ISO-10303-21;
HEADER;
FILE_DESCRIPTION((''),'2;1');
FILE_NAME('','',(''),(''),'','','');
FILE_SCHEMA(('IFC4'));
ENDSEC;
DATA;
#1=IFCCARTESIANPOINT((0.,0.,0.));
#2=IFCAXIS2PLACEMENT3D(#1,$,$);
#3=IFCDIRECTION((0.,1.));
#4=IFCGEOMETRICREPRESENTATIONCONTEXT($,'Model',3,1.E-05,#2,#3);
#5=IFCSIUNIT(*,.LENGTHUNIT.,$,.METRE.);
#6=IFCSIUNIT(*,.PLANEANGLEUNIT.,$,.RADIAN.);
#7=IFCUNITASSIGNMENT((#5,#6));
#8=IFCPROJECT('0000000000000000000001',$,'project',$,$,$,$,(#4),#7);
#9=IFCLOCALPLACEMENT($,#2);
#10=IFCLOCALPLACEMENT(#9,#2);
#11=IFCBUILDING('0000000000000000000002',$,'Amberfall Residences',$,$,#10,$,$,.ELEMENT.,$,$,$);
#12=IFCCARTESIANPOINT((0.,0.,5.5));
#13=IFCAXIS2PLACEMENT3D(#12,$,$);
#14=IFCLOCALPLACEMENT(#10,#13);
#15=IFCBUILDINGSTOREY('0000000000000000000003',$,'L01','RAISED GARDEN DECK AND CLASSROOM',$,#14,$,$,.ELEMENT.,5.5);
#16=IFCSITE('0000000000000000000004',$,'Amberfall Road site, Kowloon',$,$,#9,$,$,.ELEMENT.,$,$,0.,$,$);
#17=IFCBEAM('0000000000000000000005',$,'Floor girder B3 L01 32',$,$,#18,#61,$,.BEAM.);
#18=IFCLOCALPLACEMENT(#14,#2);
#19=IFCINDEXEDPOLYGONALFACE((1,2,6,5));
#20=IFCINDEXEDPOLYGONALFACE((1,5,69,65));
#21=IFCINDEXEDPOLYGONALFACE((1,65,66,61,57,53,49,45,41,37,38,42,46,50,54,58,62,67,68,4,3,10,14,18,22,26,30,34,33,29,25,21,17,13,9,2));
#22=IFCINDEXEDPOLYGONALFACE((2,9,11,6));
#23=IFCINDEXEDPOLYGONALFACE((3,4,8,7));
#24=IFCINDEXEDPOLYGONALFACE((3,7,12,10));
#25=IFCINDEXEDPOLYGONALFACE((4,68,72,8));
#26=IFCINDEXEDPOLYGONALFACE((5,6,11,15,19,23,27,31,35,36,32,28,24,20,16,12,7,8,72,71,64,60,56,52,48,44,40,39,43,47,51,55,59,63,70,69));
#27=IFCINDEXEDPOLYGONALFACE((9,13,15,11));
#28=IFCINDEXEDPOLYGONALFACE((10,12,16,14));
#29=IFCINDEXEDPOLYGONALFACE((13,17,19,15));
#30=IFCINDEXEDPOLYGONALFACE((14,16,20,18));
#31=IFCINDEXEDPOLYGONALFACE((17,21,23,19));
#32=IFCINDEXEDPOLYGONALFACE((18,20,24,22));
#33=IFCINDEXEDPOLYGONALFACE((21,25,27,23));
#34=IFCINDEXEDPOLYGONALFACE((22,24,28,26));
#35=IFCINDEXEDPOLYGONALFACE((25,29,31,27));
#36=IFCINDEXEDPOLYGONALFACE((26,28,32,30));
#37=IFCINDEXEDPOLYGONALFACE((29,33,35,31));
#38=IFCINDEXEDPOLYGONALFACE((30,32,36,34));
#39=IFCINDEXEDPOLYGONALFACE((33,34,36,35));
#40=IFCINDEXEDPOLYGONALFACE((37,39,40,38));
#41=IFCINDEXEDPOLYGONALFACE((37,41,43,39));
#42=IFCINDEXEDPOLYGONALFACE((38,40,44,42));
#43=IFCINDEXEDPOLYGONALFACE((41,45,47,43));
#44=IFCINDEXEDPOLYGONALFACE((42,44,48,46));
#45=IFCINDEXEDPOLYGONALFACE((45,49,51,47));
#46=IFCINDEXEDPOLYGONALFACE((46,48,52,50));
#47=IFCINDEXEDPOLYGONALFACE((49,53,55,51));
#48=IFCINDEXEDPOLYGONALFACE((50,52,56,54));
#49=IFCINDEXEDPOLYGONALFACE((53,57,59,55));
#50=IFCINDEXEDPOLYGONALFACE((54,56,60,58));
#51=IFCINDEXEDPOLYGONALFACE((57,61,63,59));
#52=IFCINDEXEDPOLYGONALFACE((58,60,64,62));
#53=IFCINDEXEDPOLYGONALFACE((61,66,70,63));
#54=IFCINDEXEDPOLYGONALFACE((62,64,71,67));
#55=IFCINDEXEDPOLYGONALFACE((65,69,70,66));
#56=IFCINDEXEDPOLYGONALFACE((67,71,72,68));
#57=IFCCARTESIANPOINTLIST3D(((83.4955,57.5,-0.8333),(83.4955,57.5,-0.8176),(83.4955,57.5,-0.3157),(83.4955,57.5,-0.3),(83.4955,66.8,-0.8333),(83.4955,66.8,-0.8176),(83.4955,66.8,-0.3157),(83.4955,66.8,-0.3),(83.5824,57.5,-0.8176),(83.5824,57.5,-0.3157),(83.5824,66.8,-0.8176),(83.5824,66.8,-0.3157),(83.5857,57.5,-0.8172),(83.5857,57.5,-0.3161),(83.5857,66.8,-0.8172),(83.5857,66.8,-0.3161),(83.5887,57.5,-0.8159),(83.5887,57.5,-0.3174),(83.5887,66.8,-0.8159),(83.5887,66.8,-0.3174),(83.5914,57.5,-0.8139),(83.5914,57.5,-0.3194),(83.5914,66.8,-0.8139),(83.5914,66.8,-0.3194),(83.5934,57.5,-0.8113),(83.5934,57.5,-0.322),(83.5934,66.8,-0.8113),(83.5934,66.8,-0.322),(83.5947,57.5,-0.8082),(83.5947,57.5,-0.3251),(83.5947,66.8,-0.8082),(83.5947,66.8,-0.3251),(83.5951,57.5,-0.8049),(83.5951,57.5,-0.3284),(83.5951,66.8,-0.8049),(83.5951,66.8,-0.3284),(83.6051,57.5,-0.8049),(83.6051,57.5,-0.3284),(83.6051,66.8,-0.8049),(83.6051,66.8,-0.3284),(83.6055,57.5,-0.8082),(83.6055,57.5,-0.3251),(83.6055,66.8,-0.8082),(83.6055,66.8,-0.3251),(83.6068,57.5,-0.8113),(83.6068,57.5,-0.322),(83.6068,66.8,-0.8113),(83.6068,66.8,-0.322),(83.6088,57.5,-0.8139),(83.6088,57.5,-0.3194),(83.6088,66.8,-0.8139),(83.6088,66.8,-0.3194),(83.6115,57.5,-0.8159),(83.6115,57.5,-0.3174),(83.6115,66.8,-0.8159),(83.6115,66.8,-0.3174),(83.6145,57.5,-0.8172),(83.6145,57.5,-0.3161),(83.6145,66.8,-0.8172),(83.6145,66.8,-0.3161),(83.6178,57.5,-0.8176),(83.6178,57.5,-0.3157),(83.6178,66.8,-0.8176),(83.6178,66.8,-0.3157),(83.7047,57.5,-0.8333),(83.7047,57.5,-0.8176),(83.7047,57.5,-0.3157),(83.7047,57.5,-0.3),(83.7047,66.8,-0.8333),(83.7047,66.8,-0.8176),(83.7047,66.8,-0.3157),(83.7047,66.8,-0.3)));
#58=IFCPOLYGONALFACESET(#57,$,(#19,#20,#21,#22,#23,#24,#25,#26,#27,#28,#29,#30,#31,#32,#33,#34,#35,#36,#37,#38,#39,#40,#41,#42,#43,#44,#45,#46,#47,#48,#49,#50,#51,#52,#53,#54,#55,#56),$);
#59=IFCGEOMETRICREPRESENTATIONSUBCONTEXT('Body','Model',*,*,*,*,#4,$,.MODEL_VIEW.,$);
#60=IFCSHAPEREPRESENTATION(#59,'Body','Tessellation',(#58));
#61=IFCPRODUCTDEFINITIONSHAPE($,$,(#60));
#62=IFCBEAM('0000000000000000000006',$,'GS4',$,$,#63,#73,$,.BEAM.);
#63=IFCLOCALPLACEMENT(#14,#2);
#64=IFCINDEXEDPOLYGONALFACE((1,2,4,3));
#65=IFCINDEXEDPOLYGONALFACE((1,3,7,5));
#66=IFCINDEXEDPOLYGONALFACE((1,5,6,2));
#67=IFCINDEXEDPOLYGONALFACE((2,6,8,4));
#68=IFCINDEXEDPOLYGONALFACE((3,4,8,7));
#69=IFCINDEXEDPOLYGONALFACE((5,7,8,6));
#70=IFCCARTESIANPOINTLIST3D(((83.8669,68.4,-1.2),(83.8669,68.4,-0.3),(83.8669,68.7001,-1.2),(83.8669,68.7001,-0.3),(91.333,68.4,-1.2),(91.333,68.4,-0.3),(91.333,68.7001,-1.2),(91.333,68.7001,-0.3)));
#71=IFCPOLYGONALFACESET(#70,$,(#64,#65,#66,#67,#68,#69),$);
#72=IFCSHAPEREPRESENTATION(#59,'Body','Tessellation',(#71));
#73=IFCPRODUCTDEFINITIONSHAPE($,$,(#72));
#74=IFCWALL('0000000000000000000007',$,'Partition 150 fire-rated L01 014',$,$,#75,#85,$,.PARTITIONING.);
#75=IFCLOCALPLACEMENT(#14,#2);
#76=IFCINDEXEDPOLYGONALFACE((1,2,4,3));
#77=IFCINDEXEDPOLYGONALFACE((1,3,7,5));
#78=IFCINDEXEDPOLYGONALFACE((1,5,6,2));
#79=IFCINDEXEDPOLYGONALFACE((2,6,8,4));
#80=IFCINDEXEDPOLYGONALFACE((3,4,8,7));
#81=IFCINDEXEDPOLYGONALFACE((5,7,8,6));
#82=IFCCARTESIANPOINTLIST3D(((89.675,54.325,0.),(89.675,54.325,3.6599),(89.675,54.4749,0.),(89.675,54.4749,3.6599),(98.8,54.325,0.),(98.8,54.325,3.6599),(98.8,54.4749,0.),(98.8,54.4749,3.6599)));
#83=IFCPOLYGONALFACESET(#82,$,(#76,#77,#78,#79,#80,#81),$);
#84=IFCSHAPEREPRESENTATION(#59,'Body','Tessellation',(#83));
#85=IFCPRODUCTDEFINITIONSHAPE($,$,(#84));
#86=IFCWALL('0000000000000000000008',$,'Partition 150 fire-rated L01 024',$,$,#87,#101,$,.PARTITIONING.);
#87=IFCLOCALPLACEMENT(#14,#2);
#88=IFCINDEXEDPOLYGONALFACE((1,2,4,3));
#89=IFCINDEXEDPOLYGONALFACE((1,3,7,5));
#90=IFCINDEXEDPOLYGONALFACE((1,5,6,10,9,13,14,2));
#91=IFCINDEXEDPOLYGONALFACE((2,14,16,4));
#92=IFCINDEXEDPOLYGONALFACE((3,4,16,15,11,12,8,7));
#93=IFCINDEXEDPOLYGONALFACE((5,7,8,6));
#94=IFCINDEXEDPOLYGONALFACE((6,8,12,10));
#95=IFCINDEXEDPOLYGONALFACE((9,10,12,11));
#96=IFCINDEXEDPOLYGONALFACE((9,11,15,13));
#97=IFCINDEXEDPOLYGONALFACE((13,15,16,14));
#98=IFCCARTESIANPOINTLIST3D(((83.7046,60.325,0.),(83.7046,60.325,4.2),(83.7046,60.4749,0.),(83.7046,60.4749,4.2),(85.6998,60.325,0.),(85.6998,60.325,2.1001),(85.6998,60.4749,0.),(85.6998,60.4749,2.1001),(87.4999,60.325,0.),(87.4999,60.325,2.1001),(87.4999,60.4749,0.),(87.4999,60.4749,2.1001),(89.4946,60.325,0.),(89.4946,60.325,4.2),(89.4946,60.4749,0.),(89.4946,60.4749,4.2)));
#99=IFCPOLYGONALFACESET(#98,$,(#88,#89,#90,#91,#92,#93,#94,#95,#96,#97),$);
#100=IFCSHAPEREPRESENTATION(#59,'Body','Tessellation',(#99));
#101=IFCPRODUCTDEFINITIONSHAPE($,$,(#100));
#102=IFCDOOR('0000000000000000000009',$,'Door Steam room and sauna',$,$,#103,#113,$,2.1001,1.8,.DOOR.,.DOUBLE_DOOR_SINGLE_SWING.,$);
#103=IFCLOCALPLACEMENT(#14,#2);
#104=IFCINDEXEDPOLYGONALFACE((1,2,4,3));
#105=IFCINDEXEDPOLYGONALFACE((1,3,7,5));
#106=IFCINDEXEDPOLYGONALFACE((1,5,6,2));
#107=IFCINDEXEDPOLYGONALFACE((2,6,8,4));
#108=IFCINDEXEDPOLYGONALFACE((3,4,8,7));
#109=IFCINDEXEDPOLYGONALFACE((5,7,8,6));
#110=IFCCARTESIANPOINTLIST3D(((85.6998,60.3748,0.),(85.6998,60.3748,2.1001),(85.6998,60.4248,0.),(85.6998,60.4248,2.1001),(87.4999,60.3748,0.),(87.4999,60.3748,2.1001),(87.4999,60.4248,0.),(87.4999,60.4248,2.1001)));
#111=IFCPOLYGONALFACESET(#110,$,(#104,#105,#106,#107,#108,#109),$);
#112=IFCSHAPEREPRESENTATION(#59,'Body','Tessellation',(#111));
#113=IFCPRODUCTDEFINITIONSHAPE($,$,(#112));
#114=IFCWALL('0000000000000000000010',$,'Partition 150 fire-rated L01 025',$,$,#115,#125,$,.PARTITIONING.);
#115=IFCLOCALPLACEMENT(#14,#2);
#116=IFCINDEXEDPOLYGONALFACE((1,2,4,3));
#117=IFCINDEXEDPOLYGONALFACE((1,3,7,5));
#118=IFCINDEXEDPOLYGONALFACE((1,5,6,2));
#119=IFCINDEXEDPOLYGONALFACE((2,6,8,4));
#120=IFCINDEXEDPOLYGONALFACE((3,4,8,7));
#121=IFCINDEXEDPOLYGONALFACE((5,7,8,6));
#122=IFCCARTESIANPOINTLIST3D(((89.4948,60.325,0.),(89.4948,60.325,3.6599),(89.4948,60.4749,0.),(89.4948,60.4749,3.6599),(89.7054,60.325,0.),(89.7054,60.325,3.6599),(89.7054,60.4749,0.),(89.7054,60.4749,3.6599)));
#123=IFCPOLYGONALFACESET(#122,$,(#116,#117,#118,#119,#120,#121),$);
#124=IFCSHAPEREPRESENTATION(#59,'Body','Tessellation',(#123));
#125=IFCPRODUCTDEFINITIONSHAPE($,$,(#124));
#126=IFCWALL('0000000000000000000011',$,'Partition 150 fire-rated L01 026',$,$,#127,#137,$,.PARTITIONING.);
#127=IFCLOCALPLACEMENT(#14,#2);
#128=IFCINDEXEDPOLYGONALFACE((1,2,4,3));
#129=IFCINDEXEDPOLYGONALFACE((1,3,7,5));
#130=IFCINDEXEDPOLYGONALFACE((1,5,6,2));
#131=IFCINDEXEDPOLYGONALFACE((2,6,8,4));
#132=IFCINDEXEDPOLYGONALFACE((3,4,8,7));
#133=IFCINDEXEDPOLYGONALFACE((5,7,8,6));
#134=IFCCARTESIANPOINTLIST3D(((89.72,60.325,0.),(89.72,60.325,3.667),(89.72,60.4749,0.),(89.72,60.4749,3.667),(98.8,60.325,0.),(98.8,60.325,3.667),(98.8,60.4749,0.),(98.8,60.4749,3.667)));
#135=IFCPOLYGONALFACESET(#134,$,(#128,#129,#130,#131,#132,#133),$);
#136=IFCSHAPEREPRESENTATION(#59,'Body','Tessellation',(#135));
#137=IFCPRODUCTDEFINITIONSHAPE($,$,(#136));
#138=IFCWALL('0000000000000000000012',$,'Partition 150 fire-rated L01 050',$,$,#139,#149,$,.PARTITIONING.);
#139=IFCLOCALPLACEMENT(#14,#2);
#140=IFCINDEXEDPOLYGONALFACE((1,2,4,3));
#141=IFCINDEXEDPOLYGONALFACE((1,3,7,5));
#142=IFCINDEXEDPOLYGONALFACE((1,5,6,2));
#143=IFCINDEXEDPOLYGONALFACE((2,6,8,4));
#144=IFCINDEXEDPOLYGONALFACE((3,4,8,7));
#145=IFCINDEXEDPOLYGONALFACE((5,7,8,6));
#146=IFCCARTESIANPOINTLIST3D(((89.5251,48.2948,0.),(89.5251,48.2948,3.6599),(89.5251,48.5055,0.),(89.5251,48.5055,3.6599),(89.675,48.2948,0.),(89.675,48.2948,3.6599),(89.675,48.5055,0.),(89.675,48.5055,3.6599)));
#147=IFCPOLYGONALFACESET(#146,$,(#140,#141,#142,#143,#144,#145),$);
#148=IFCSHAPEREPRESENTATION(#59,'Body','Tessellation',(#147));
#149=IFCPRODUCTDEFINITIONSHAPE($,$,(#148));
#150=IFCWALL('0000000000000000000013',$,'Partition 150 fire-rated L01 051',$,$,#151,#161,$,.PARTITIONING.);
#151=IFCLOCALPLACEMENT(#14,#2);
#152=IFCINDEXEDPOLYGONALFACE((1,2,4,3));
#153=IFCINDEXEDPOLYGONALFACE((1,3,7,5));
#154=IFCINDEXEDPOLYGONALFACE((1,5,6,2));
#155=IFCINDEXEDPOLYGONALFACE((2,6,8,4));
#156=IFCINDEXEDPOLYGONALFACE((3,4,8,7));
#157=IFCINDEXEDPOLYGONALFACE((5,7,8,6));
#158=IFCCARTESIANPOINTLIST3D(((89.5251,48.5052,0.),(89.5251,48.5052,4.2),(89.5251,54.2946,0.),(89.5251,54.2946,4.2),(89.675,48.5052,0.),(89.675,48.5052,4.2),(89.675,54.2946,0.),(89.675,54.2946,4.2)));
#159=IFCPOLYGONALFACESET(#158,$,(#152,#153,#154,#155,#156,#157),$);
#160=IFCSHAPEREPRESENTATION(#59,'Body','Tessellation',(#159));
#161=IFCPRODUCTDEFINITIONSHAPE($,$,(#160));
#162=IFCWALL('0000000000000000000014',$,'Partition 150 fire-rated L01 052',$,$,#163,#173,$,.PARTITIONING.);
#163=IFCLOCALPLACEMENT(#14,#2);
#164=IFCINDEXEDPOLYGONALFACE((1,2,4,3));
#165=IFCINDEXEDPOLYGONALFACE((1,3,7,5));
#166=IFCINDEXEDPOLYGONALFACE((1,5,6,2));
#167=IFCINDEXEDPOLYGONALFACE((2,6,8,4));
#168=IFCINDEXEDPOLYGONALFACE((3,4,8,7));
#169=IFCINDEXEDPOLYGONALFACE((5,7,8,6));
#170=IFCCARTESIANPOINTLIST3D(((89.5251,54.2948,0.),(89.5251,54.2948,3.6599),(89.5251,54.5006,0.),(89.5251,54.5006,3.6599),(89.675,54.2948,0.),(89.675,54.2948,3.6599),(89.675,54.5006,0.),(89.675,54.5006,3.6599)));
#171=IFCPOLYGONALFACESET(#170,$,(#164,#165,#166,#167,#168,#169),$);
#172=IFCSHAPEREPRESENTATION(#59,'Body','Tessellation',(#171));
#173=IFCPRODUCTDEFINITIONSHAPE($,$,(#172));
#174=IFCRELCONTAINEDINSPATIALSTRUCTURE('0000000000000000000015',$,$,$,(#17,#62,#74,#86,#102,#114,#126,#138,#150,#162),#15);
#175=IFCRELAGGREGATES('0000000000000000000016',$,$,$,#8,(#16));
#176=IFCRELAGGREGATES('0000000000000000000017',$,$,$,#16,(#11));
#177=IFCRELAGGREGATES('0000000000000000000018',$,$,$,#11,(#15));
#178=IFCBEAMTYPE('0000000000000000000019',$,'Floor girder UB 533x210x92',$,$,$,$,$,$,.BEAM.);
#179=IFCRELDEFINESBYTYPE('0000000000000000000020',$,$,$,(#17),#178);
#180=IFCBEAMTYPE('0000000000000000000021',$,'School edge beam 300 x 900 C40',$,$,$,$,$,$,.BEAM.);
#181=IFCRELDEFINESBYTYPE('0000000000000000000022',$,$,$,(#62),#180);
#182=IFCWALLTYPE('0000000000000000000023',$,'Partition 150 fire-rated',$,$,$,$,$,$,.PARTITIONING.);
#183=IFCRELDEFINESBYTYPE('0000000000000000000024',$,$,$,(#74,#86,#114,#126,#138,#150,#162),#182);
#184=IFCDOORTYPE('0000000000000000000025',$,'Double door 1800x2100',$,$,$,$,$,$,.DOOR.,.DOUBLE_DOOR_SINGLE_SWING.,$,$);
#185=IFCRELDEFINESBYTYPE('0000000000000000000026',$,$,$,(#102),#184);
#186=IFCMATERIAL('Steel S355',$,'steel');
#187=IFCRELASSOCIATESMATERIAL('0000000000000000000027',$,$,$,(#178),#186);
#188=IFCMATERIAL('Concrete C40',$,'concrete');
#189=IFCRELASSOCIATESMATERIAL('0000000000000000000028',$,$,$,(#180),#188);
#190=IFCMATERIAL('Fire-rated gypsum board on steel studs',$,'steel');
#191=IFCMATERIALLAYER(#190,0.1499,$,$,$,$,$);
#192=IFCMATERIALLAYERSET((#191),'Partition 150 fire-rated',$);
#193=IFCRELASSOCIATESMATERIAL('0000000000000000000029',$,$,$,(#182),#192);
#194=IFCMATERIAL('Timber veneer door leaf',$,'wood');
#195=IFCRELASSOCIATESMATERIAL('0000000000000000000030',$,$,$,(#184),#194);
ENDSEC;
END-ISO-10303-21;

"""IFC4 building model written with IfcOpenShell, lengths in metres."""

from ifc_helpers import new_model, si_unit, direction, frame, frame_2d, origin, origin_2d, place, context, subcontext, project, spatial, rectangle, i_section, extrude, material, layer, layer_set, material_profile, profile_set, type_object, element, fill, save


model = new_model("IFC4")

# Units and contexts
model_context = context("Model", 3, precision=1e-05, world=origin(), true_north=direction((0.0, 1.0)))
body_context = subcontext(model_context, "Body", "Model", "MODEL_VIEW")
ifc_project = project(units=[si_unit("LENGTHUNIT", "METRE"), si_unit("PLANEANGLEUNIT", "RADIAN")], contexts=[model_context])

# Site, building, storey
site_placement = place(None, origin())
site = spatial("IfcSite", under=ifc_project, at=site_placement, Name="Amberfall Road site, Kowloon", CompositionType="ELEMENT", RefElevation=0.0)
building_placement = place(site_placement, origin())
building = spatial("IfcBuilding", under=site, at=building_placement, Name="Amberfall Residences", CompositionType="ELEMENT")
storey_placement = place(building_placement, frame((0.0, 0.0, 5.5)))
storey = spatial("IfcBuildingStorey", under=building, at=storey_placement, Name="L01", Description="RAISED GARDEN DECK AND CLASSROOM", CompositionType="ELEMENT", Elevation=5.5)

# Beams
ifc_material_1 = material(Name="Steel S355", Category="steel")
ifc_material_profile_1 = material_profile(ifc_material_1, i_section(OverallWidth=0.2092, OverallDepth=0.5332, WebThickness=0.01, FlangeThickness=0.0156, FilletRadius=0.0127, at=origin_2d()), Name="UB 533x210x92")
ifc_profile_set_1 = profile_set([ifc_material_profile_1], Name="Steel S355")
beam_type_1 = type_object("IfcBeamType", Name="Floor girder UB 533x210x92", PredefinedType="BEAM", material=ifc_profile_set_1)
beam_1_placement = place(storey_placement, frame((83.6001, 66.8, -0.5667), z_axis=(0.0, -1.0, 0.0), x_axis=(1.0, 0.0, 0.0)))
element("IfcBeam", 1, at=beam_1_placement, inside=storey, type_object=beam_type_1, Name="Floor girder B3 L01 32", PredefinedType="BEAM", context=body_context, shape_type="SweptSolid", body=[
    extrude(i_section(OverallWidth=0.2092, OverallDepth=0.5332, WebThickness=0.01, FlangeThickness=0.0156, FilletRadius=0.0127, at=origin_2d()), origin(), (0.0, 0.0, 1.0), 9.3),
])
ifc_material_2 = material(Name="Concrete C40", Category="concrete")
ifc_material_profile_2 = material_profile(ifc_material_2, rectangle(XDim=0.3, YDim=0.8999, at=origin_2d()), Name="School edge beam 300 x 900 C40")
ifc_profile_set_2 = profile_set([ifc_material_profile_2], Name="Concrete C40")
beam_type_2 = type_object("IfcBeamType", Name="School edge beam 300 x 900 C40", PredefinedType="BEAM", material=ifc_profile_set_2)
beam_2_placement = place(storey_placement, frame((83.8669, 68.55, -0.75), z_axis=(1.0, 0.0, 0.0), x_axis=(0.0, 1.0, 0.0)))
element("IfcBeam", 2, at=beam_2_placement, inside=storey, type_object=beam_type_2, Name="GS4", PredefinedType="BEAM", context=body_context, shape_type="SweptSolid", body=[
    extrude(rectangle(XDim=0.3, YDim=0.8999, at=origin_2d()), origin(), (0.0, 0.0, 1.0), 7.4661),
])

# Wall
ifc_material_3 = material(Name="Fire-rated gypsum board on steel studs", Category="steel")
ifc_layer_1 = layer(ifc_material_3, 0.1499)
ifc_layer_set_1 = layer_set([ifc_layer_1], Name="Partition 150 fire-rated")
wall_type_1 = type_object("IfcWallType", Name="Partition 150 fire-rated", PredefinedType="PARTITIONING", material=ifc_layer_set_1)
wall_1_placement = place(storey_placement, frame((89.675, 54.3999, 0.0), z_axis=(0.0, 0.0, 1.0), x_axis=(1.0, 0.0, 0.0)))
element("IfcWall", 3, at=wall_1_placement, inside=storey, type_object=wall_type_1, Name="Partition 150 fire-rated L01 014", PredefinedType="PARTITIONING", context=body_context, shape_type="SweptSolid", body=[
    extrude(rectangle(XDim=9.125, YDim=0.1499, at=frame_2d((4.5625, 0.0))), origin(), (0.0, 0.0, 1.0), 3.6599),
])

# Wall, opening, door
wall_2_placement = place(storey_placement, frame((83.7046, 60.3999, 0.0), z_axis=(0.0, 0.0, 1.0), x_axis=(1.0, 0.0, 0.0)))
wall_2 = element("IfcWall", 4, at=wall_2_placement, inside=storey, type_object=wall_type_1, Name="Partition 150 fire-rated L01 024", PredefinedType="PARTITIONING", context=body_context, shape_type="SweptSolid", body=[
    extrude(rectangle(XDim=5.79, YDim=0.1499, at=frame_2d((2.895, 0.0))), origin(), (0.0, 0.0, 1.0), 4.2),
])
opening_1_placement = place(wall_2_placement, frame((1.9954, 0.0, 0.0)))
opening_1 = element("IfcOpeningElement", 5, at=opening_1_placement, cuts=wall_2, PredefinedType="OPENING", context=body_context, shape_type="SweptSolid", body=[
    extrude(rectangle(XDim=1.8, YDim=2.1001, at=frame_2d((0.8999, 1.05))), frame((0.0, 0.085, 0.0), z_axis=(0.0, -1.0, 0.0), x_axis=(1.0, 0.0, 0.0)), (0.0, 0.0, 1.0), 0.1699),
])
ifc_material_4 = material(Name="Timber veneer door leaf", Category="wood")
door_type_1 = type_object("IfcDoorType", Name="Double door 1800x2100", OperationType="DOUBLE_DOOR_SINGLE_SWING", PredefinedType="DOOR", material=ifc_material_4)
door_1_placement = place(opening_1_placement, origin())
door_1 = element("IfcDoor", 6, at=door_1_placement, inside=storey, type_object=door_type_1, Name="Door Steam room and sauna", OperationType="DOUBLE_DOOR_SINGLE_SWING", OverallHeight=2.1001, OverallWidth=1.8, PredefinedType="DOOR", context=body_context, shape_type="SweptSolid", body=[
    extrude(rectangle(XDim=1.8, YDim=2.1001, at=frame_2d((0.8999, 1.05))), frame((0.0, 0.0249, 0.0), z_axis=(0.0, -1.0, 0.0), x_axis=(1.0, 0.0, 0.0)), (0.0, 0.0, 1.0), 0.05),
])
fill(opening_1, door_1)

# Walls
wall_3_placement = place(storey_placement, frame((89.4946, 60.3999, 0.0), z_axis=(0.0, 0.0, 1.0), x_axis=(1.0, 0.0, 0.0)))
element("IfcWall", 7, at=wall_3_placement, inside=storey, type_object=wall_type_1, Name="Partition 150 fire-rated L01 025", PredefinedType="PARTITIONING", context=body_context, shape_type="SweptSolid", body=[
    extrude(rectangle(XDim=0.2107, YDim=0.1499, at=frame_2d((0.1055, 0.0))), origin(), (0.0, 0.0, 1.0), 3.6599),
])
wall_4_placement = place(storey_placement, frame((89.72, 60.3999, 0.0), z_axis=(0.0, 0.0, 1.0), x_axis=(1.0, 0.0, 0.0)))
element("IfcWall", 8, at=wall_4_placement, inside=storey, type_object=wall_type_1, Name="Partition 150 fire-rated L01 026", PredefinedType="PARTITIONING", context=body_context, shape_type="SweptSolid", body=[
    extrude(rectangle(XDim=9.0801, YDim=0.1499, at=frame_2d((4.54, 0.0))), origin(), (0.0, 0.0, 1.0), 3.667),
])
wall_5_placement = place(storey_placement, frame((89.6001, 48.2947, 0.0), z_axis=(0.0, 0.0, 1.0), x_axis=(0.0, 1.0, 0.0)))
element("IfcWall", 9, at=wall_5_placement, inside=storey, type_object=wall_type_1, Name="Partition 150 fire-rated L01 050", PredefinedType="PARTITIONING", context=body_context, shape_type="SweptSolid", body=[
    extrude(rectangle(XDim=0.2107, YDim=0.1499, at=frame_2d((0.1055, 0.0))), origin(), (0.0, 0.0, 1.0), 3.6599),
])
wall_6_placement = place(storey_placement, frame((89.6001, 48.5054, 0.0), z_axis=(0.0, 0.0, 1.0), x_axis=(0.0, 1.0, 0.0)))
element("IfcWall", 10, at=wall_6_placement, inside=storey, type_object=wall_type_1, Name="Partition 150 fire-rated L01 051", PredefinedType="PARTITIONING", context=body_context, shape_type="SweptSolid", body=[
    extrude(rectangle(XDim=5.7893, YDim=0.1499, at=frame_2d((2.8945, 0.0))), origin(), (0.0, 0.0, 1.0), 4.2),
])
wall_7_placement = place(storey_placement, frame((89.6001, 54.2947, 0.0), z_axis=(0.0, 0.0, 1.0), x_axis=(0.0, 1.0, 0.0)))
element("IfcWall", 11, at=wall_7_placement, inside=storey, type_object=wall_type_1, Name="Partition 150 fire-rated L01 052", PredefinedType="PARTITIONING", context=body_context, shape_type="SweptSolid", body=[
    extrude(rectangle(XDim=0.2058, YDim=0.1499, at=frame_2d((0.103, 0.0))), origin(), (0.0, 0.0, 1.0), 3.6599),
])

save(model, "model.ifc")
